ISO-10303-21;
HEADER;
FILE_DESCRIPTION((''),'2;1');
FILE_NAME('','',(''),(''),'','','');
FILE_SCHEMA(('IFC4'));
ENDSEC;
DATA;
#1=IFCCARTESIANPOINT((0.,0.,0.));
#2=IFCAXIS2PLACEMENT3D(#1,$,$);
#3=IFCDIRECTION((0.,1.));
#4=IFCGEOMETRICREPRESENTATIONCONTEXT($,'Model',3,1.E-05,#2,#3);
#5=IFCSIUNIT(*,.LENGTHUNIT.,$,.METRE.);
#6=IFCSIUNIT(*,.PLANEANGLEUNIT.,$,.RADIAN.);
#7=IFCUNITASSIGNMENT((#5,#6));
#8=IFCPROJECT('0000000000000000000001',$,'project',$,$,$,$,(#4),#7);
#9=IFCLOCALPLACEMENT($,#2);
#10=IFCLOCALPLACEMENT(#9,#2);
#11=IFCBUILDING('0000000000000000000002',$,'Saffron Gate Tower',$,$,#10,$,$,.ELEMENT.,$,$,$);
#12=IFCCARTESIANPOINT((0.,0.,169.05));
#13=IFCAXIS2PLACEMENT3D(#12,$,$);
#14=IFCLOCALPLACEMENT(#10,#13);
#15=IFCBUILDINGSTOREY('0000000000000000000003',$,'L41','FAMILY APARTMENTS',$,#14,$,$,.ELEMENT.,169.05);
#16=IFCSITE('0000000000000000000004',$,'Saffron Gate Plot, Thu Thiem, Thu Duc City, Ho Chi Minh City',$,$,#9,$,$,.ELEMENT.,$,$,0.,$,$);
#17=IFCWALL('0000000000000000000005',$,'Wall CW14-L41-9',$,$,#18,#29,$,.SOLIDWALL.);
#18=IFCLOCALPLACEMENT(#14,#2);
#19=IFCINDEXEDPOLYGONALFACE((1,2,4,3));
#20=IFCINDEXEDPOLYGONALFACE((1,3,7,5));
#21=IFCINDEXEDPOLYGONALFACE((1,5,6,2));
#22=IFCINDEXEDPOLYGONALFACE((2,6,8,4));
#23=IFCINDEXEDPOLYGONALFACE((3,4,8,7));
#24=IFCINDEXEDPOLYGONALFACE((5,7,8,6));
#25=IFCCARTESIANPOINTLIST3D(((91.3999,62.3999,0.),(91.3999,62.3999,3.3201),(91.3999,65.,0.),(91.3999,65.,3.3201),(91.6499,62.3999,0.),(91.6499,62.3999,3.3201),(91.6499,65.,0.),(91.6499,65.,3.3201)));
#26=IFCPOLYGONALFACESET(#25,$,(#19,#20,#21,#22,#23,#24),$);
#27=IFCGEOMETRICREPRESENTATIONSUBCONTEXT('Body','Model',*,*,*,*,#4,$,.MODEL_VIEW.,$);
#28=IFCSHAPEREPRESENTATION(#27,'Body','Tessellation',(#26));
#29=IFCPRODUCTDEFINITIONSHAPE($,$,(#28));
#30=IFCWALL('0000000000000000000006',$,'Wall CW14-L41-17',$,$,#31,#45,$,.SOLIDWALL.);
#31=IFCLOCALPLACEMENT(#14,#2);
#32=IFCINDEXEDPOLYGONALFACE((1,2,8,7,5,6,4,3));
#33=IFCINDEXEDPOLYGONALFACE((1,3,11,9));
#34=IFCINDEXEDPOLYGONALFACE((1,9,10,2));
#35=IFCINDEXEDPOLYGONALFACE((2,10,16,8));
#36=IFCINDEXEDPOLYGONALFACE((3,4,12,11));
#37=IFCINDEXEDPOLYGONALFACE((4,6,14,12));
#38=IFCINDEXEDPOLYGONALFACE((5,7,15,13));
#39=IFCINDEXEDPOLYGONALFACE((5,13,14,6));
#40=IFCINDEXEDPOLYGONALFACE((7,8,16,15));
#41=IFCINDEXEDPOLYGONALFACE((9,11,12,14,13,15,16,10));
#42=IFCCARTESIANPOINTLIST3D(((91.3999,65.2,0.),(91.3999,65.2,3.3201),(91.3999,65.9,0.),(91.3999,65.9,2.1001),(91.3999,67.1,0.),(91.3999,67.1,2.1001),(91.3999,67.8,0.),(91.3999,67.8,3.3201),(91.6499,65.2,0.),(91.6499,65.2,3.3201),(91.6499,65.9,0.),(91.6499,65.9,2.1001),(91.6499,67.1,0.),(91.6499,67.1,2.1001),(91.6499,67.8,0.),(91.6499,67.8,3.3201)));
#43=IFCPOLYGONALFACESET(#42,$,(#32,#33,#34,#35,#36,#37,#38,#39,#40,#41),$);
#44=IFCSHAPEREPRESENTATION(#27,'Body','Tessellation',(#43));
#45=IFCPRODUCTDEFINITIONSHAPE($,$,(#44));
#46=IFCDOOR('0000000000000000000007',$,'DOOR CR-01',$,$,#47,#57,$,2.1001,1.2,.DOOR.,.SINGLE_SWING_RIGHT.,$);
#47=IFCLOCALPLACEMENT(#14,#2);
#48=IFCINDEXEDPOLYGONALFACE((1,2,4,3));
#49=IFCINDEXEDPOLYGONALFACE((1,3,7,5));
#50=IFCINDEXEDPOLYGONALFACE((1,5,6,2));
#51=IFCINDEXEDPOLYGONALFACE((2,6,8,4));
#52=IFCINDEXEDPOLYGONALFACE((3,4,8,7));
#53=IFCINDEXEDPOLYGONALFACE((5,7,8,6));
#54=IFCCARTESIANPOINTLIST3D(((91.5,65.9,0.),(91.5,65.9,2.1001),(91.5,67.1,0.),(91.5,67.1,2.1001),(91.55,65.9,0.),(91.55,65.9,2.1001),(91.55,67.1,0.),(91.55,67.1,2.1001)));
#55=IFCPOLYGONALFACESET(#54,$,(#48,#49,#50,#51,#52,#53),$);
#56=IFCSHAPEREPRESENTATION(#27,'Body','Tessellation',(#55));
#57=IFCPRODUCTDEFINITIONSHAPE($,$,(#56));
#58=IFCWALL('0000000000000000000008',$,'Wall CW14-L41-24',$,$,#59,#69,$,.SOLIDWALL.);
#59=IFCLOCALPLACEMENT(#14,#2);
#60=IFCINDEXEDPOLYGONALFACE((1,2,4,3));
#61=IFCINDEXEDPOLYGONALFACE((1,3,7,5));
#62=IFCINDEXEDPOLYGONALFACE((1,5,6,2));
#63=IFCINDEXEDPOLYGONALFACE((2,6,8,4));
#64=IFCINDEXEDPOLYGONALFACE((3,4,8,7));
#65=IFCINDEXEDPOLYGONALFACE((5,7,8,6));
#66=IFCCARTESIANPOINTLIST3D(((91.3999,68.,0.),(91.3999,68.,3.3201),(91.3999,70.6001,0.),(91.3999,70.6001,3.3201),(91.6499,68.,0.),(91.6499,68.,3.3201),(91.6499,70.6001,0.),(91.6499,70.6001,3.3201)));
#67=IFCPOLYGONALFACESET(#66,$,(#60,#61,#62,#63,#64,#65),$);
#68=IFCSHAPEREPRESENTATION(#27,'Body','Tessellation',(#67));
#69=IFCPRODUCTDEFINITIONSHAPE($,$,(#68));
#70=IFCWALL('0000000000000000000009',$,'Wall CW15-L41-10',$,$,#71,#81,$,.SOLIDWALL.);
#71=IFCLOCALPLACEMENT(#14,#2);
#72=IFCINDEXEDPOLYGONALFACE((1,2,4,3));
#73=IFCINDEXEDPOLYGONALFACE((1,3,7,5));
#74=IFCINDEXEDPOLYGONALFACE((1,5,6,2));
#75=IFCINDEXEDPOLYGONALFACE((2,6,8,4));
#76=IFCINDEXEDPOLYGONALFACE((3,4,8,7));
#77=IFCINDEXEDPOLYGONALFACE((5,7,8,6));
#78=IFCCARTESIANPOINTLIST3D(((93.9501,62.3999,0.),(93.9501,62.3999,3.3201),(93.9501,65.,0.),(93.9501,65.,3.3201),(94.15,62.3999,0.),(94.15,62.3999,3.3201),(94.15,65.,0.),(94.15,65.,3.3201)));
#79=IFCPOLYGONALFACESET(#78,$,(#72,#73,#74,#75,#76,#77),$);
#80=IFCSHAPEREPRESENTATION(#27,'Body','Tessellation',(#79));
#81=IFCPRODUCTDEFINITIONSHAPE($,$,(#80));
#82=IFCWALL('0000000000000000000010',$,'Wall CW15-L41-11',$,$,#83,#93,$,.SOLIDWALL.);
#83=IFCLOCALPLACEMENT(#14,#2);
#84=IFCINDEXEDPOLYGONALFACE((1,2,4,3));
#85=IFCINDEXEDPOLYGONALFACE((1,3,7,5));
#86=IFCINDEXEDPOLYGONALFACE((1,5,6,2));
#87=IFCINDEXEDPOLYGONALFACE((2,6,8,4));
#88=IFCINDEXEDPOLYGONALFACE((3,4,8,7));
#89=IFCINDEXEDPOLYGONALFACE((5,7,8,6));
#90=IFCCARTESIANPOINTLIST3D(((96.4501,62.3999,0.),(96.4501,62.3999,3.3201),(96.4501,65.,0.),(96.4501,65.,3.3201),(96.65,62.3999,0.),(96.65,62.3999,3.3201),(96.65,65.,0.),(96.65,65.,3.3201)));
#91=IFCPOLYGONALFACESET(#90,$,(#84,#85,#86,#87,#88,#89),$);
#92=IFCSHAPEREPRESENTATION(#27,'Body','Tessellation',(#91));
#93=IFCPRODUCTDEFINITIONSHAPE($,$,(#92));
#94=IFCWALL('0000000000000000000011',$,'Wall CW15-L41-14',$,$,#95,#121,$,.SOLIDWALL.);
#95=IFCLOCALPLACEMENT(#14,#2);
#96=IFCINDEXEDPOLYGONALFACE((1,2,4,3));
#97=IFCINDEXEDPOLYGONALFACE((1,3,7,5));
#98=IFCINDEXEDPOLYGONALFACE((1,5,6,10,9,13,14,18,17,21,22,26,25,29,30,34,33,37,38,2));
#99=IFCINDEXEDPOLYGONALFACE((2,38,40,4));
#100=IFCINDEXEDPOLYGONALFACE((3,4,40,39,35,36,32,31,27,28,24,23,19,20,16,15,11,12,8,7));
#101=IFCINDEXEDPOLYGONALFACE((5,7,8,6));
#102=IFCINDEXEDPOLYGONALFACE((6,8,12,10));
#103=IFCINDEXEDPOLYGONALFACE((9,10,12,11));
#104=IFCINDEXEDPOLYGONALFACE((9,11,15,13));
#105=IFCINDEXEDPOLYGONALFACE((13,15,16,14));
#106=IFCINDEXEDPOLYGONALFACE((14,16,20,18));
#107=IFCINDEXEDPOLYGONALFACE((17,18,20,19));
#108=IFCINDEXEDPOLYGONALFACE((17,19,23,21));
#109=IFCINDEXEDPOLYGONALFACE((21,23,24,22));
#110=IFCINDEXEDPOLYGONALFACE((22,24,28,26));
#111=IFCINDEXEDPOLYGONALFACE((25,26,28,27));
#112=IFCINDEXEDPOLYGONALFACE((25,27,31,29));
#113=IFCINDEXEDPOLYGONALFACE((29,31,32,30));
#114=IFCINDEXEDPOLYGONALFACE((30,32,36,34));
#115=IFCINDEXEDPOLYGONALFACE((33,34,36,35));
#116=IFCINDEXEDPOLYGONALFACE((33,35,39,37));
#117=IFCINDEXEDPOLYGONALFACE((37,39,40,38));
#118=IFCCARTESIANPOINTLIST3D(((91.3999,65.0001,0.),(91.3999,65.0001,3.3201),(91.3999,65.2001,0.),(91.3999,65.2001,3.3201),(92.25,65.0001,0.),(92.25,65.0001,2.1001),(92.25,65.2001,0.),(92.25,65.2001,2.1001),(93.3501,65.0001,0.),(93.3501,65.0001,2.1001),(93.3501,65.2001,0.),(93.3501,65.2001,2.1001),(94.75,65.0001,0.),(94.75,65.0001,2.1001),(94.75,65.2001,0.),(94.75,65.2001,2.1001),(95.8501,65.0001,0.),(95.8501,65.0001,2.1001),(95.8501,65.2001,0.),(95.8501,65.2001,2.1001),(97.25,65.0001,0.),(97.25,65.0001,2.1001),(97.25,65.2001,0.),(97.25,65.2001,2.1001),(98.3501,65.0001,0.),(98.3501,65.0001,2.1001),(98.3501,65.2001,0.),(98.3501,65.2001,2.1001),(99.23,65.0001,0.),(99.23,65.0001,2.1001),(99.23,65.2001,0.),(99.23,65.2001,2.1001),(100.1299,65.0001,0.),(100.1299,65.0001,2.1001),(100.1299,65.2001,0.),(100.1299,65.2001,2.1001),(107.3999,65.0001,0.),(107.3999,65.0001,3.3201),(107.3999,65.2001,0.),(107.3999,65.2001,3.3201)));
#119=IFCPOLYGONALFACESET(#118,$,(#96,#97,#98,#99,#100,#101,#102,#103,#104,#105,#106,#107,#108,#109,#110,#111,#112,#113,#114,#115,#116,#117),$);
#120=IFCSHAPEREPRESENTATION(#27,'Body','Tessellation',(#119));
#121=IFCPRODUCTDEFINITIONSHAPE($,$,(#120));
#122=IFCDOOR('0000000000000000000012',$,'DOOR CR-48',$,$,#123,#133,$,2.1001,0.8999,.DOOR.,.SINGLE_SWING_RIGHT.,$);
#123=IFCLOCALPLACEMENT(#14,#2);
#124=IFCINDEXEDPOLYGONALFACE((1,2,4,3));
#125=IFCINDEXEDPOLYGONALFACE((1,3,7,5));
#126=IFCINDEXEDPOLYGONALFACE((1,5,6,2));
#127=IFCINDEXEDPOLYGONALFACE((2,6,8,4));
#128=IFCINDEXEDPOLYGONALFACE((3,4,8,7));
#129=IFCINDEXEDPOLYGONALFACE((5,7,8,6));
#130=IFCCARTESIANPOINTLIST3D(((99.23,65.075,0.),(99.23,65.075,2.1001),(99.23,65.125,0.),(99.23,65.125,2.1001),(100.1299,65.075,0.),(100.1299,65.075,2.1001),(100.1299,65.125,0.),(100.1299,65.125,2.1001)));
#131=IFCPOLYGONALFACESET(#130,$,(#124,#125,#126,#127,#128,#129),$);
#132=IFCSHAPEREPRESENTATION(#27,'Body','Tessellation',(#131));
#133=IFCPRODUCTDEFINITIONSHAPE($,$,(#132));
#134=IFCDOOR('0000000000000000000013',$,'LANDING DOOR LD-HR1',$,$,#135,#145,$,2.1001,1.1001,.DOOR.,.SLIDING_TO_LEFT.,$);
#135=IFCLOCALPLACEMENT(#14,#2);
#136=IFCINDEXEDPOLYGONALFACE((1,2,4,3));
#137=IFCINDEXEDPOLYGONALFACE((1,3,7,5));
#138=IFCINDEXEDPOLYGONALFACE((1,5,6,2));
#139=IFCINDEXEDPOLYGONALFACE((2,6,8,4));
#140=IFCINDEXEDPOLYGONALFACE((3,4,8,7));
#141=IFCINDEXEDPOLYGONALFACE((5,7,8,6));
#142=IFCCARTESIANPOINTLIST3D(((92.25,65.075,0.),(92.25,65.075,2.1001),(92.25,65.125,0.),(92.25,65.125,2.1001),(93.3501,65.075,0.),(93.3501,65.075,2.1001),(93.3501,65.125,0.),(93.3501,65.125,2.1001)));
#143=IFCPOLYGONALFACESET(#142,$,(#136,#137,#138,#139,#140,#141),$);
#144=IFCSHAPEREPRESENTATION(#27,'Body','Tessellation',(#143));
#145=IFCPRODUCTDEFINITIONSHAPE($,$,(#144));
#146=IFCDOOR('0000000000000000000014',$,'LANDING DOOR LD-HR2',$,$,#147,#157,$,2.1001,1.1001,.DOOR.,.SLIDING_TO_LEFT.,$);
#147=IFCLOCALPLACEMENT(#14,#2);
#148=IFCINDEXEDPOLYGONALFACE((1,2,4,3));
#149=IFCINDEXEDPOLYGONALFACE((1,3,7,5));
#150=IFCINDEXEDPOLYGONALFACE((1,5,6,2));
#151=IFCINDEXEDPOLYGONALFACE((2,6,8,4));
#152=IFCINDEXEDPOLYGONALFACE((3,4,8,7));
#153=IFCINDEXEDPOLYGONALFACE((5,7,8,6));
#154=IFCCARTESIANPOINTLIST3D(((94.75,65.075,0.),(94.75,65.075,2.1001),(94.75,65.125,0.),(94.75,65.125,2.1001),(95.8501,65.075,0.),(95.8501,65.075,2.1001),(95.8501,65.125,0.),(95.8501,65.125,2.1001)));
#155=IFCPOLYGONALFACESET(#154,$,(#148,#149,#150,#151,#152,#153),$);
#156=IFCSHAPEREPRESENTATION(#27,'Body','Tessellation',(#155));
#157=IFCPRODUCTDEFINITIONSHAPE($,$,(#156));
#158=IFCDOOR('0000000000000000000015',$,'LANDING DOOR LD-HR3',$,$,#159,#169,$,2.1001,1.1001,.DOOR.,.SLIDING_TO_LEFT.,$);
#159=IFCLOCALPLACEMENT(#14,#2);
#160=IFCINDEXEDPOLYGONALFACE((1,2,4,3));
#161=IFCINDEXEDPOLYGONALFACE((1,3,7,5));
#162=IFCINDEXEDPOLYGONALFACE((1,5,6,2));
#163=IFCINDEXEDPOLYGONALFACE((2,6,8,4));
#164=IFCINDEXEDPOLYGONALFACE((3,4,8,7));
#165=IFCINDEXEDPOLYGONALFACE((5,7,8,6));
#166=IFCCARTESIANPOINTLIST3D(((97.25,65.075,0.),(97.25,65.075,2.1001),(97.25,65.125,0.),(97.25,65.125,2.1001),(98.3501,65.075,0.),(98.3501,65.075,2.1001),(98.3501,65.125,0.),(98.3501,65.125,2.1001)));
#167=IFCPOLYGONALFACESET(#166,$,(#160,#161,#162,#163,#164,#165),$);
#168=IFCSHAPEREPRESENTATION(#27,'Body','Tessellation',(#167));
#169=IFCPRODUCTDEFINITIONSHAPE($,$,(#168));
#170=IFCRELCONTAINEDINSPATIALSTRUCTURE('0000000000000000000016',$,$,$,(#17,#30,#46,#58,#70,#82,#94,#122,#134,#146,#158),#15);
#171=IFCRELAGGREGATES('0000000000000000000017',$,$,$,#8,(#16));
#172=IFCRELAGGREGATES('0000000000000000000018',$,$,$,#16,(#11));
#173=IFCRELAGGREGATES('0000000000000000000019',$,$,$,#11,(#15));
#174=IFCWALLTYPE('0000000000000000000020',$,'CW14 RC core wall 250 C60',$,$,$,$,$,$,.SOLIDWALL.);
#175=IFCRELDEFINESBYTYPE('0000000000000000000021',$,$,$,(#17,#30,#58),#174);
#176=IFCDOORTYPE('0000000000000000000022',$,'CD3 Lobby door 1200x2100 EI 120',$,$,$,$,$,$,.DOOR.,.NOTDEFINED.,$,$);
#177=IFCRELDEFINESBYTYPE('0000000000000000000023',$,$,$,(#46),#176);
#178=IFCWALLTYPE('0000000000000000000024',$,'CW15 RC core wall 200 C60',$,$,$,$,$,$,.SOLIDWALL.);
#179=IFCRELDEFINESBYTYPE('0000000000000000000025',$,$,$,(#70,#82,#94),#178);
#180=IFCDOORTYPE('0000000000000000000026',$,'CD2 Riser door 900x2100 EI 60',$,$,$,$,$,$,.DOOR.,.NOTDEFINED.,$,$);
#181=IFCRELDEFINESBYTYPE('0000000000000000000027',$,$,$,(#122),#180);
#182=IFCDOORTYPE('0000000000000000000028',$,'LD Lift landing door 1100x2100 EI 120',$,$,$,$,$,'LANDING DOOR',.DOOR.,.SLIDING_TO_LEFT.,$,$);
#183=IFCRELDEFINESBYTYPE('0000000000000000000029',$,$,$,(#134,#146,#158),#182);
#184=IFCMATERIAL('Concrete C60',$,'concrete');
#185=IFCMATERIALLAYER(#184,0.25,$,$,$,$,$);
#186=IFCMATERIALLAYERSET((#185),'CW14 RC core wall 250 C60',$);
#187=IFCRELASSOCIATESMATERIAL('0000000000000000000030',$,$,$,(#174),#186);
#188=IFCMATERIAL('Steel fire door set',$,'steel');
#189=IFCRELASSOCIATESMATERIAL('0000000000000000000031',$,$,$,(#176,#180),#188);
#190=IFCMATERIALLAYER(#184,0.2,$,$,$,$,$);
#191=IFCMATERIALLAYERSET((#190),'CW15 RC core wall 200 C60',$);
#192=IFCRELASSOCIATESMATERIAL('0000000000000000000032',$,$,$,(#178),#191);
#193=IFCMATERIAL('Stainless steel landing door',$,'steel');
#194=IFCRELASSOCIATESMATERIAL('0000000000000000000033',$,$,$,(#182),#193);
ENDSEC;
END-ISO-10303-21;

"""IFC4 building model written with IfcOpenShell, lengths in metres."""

from ifc_helpers import new_model, si_unit, direction, frame, frame_2d, origin, place, context, subcontext, project, spatial, rectangle, extrude, material, layer, layer_set, type_object, element, fill, save


model = new_model("IFC4")

# Units and contexts
model_context = context("Model", 3, precision=1e-05, world=origin(), true_north=direction((0.0, 1.0)))
body_context = subcontext(model_context, "Body", "Model", "MODEL_VIEW")
ifc_project = project(units=[si_unit("LENGTHUNIT", "METRE"), si_unit("PLANEANGLEUNIT", "RADIAN")], contexts=[model_context])

# Site, building, storey
site_placement = place(None, origin())
site = spatial("IfcSite", under=ifc_project, at=site_placement, Name="Saffron Gate Plot, Thu Thiem, Thu Duc City, Ho Chi Minh City", CompositionType="ELEMENT", RefElevation=0.0)
building_placement = place(site_placement, origin())
building = spatial("IfcBuilding", under=site, at=building_placement, Name="Saffron Gate Tower", CompositionType="ELEMENT")
storey_placement = place(building_placement, frame((0.0, 0.0, 169.05)))
storey = spatial("IfcBuildingStorey", under=building, at=storey_placement, Name="L41", Description="FAMILY APARTMENTS", CompositionType="ELEMENT", Elevation=169.05)

# Wall
ifc_material_1 = material(Name="Concrete C60", Category="concrete")
ifc_layer_1 = layer(ifc_material_1, 0.25)
ifc_layer_set_1 = layer_set([ifc_layer_1], Name="CW14 RC core wall 250 C60")
wall_type_1 = type_object("IfcWallType", Name="CW14 RC core wall 250 C60", PredefinedType="SOLIDWALL", material=ifc_layer_set_1)
wall_1_placement = place(storey_placement, frame((91.5249, 62.3999, 0.0), z_axis=(0.0, 0.0, 1.0), x_axis=(0.0, 1.0, 0.0)))
element("IfcWall", 1, at=wall_1_placement, inside=storey, type_object=wall_type_1, Name="Wall CW14-L41-9", PredefinedType="SOLIDWALL", context=body_context, shape_type="SweptSolid", body=[
    extrude(rectangle(XDim=2.6001, YDim=0.25, at=frame_2d((1.3, 0.0))), origin(), (0.0, 0.0, 1.0), 3.3201),
])

# Wall, opening, door
wall_2_placement = place(storey_placement, frame((91.5249, 65.2, 0.0), z_axis=(0.0, 0.0, 1.0), x_axis=(0.0, 1.0, 0.0)))
wall_2 = element("IfcWall", 2, at=wall_2_placement, inside=storey, type_object=wall_type_1, Name="Wall CW14-L41-17", PredefinedType="SOLIDWALL", context=body_context, shape_type="SweptSolid", body=[
    extrude(rectangle(XDim=2.6001, YDim=0.25, at=frame_2d((1.3, 0.0))), origin(), (0.0, 0.0, 1.0), 3.3201),
])
opening_1_placement = place(wall_2_placement, frame((0.7, 0.0, 0.0)))
opening_1 = element("IfcOpeningElement", 3, at=opening_1_placement, cuts=wall_2, PredefinedType="OPENING", context=body_context, shape_type="SweptSolid", body=[
    extrude(rectangle(XDim=1.2, YDim=2.1001, at=frame_2d((0.6001, 1.05))), frame((0.0, 0.135, 0.0), z_axis=(0.0, -1.0, 0.0), x_axis=(1.0, 0.0, 0.0)), (0.0, 0.0, 1.0), 0.27),
])
ifc_material_2 = material(Name="Steel fire door set", Category="steel")
door_type_1 = type_object("IfcDoorType", Name="CD3 Lobby door 1200x2100 EI 120", OperationType="NOTDEFINED", PredefinedType="DOOR", material=ifc_material_2)
door_1_placement = place(opening_1_placement, origin())
door_1 = element("IfcDoor", 4, at=door_1_placement, inside=storey, type_object=door_type_1, Name="DOOR CR-01", OperationType="SINGLE_SWING_RIGHT", OverallHeight=2.1001, OverallWidth=1.2, PredefinedType="DOOR", context=body_context, shape_type="SweptSolid", body=[
    extrude(rectangle(XDim=1.2, YDim=2.1001, at=frame_2d((0.6001, 1.05))), frame((0.0, 0.0249, 0.0), z_axis=(0.0, -1.0, 0.0), x_axis=(1.0, 0.0, 0.0)), (0.0, 0.0, 1.0), 0.05),
])
fill(opening_1, door_1)

# Walls
wall_3_placement = place(storey_placement, frame((91.5249, 68.0, 0.0), z_axis=(0.0, 0.0, 1.0), x_axis=(0.0, 1.0, 0.0)))
element("IfcWall", 5, at=wall_3_placement, inside=storey, type_object=wall_type_1, Name="Wall CW14-L41-24", PredefinedType="SOLIDWALL", context=body_context, shape_type="SweptSolid", body=[
    extrude(rectangle(XDim=2.6001, YDim=0.25, at=frame_2d((1.3, 0.0))), origin(), (0.0, 0.0, 1.0), 3.3201),
])
ifc_layer_2 = layer(ifc_material_1, 0.2)
ifc_layer_set_2 = layer_set([ifc_layer_2], Name="CW15 RC core wall 200 C60")
wall_type_2 = type_object("IfcWallType", Name="CW15 RC core wall 200 C60", PredefinedType="SOLIDWALL", material=ifc_layer_set_2)
for number, where, z_axis, x_axis, name in (
    (6, (94.05, 62.3999, 0.0), (0.0, 0.0, 1.0), (0.0, 1.0, 0.0), "Wall CW15-L41-10"),
    (7, (96.55, 62.3999, 0.0), (0.0, 0.0, 1.0), (0.0, 1.0, 0.0), "Wall CW15-L41-11"),
):
    element("IfcWall", number, at=place(storey_placement, frame(where, z_axis=z_axis, x_axis=x_axis)), inside=storey, type_object=wall_type_2, Name=name, PredefinedType="SOLIDWALL", context=body_context, shape_type="SweptSolid", body=[
        extrude(rectangle(XDim=2.6001, YDim=0.2, at=frame_2d((1.3, 0.0))), origin(), (0.0, 0.0, 1.0), 3.3201),
    ])

# Wall, openings, doors
wall_4_placement = place(storey_placement, frame((91.3999, 65.1001, 0.0), z_axis=(0.0, 0.0, 1.0), x_axis=(1.0, 0.0, 0.0)))
wall_4 = element("IfcWall", 8, at=wall_4_placement, inside=storey, type_object=wall_type_2, Name="Wall CW15-L41-14", PredefinedType="SOLIDWALL", context=body_context, shape_type="SweptSolid", body=[
    extrude(rectangle(XDim=16.0, YDim=0.2, at=frame_2d((8.0, 0.0))), origin(), (0.0, 0.0, 1.0), 3.3201),
])
opening_2_placement = place(wall_4_placement, frame((0.8501, 0.0, 0.0)))
opening_2 = element("IfcOpeningElement", 9, at=opening_2_placement, cuts=wall_4, PredefinedType="OPENING", context=body_context, shape_type="SweptSolid", body=[
    extrude(rectangle(XDim=1.1001, YDim=2.1001, at=frame_2d((0.55, 1.05))), frame((0.0, 0.1099, 0.0), z_axis=(0.0, -1.0, 0.0), x_axis=(1.0, 0.0, 0.0)), (0.0, 0.0, 1.0), 0.22),
])
opening_3_placement = place(wall_4_placement, frame((3.3501, 0.0, 0.0)))
opening_3 = element("IfcOpeningElement", 10, at=opening_3_placement, cuts=wall_4, PredefinedType="OPENING", context=body_context, shape_type="SweptSolid", body=[
    extrude(rectangle(XDim=1.1001, YDim=2.1001, at=frame_2d((0.55, 1.05))), frame((0.0, 0.1099, 0.0), z_axis=(0.0, -1.0, 0.0), x_axis=(1.0, 0.0, 0.0)), (0.0, 0.0, 1.0), 0.22),
])
opening_4_placement = place(wall_4_placement, frame((5.8501, 0.0, 0.0)))
opening_4 = element("IfcOpeningElement", 11, at=opening_4_placement, cuts=wall_4, PredefinedType="OPENING", context=body_context, shape_type="SweptSolid", body=[
    extrude(rectangle(XDim=1.1001, YDim=2.1001, at=frame_2d((0.55, 1.05))), frame((0.0, 0.1099, 0.0), z_axis=(0.0, -1.0, 0.0), x_axis=(1.0, 0.0, 0.0)), (0.0, 0.0, 1.0), 0.22),
])
opening_5_placement = place(wall_4_placement, frame((7.8301, 0.0, 0.0)))
opening_5 = element("IfcOpeningElement", 12, at=opening_5_placement, cuts=wall_4, PredefinedType="OPENING", context=body_context, shape_type="SweptSolid", body=[
    extrude(rectangle(XDim=0.8999, YDim=2.1001, at=frame_2d((0.45, 1.05))), frame((0.0, 0.1099, 0.0), z_axis=(0.0, -1.0, 0.0), x_axis=(1.0, 0.0, 0.0)), (0.0, 0.0, 1.0), 0.22),
])
door_type_2 = type_object("IfcDoorType", Name="CD2 Riser door 900x2100 EI 60", OperationType="NOTDEFINED", PredefinedType="DOOR", material=ifc_material_2)
door_2_placement = place(opening_5_placement, origin())
door_2 = element("IfcDoor", 13, at=door_2_placement, inside=storey, type_object=door_type_2, Name="DOOR CR-48", OperationType="SINGLE_SWING_RIGHT", OverallHeight=2.1001, OverallWidth=0.8999, PredefinedType="DOOR", context=body_context, shape_type="SweptSolid", body=[
    extrude(rectangle(XDim=0.8999, YDim=2.1001, at=frame_2d((0.45, 1.05))), frame((0.0, 0.0249, 0.0), z_axis=(0.0, -1.0, 0.0), x_axis=(1.0, 0.0, 0.0)), (0.0, 0.0, 1.0), 0.05),
])
fill(opening_5, door_2)
ifc_material_3 = material(Name="Stainless steel landing door", Category="steel")
door_type_3 = type_object("IfcDoorType", Name="LD Lift landing door 1100x2100 EI 120", ElementType="LANDING DOOR", OperationType="SLIDING_TO_LEFT", PredefinedType="DOOR", material=ifc_material_3)
door_3_placement = place(opening_2_placement, origin())
door_3 = element("IfcDoor", 14, at=door_3_placement, inside=storey, type_object=door_type_3, Name="LANDING DOOR LD-HR1", OperationType="SLIDING_TO_LEFT", OverallHeight=2.1001, OverallWidth=1.1001, PredefinedType="DOOR", context=body_context, shape_type="SweptSolid", body=[
    extrude(rectangle(XDim=1.1001, YDim=2.1001, at=frame_2d((0.55, 1.05))), frame((0.0, 0.0249, 0.0), z_axis=(0.0, -1.0, 0.0), x_axis=(1.0, 0.0, 0.0)), (0.0, 0.0, 1.0), 0.05),
])
fill(opening_2, door_3)
door_4_placement = place(opening_3_placement, origin())
door_4 = element("IfcDoor", 15, at=door_4_placement, inside=storey, type_object=door_type_3, Name="LANDING DOOR LD-HR2", OperationType="SLIDING_TO_LEFT", OverallHeight=2.1001, OverallWidth=1.1001, PredefinedType="DOOR", context=body_context, shape_type="SweptSolid", body=[
    extrude(rectangle(XDim=1.1001, YDim=2.1001, at=frame_2d((0.55, 1.05))), frame((0.0, 0.0249, 0.0), z_axis=(0.0, -1.0, 0.0), x_axis=(1.0, 0.0, 0.0)), (0.0, 0.0, 1.0), 0.05),
])
fill(opening_3, door_4)
door_5_placement = place(opening_4_placement, origin())
door_5 = element("IfcDoor", 16, at=door_5_placement, inside=storey, type_object=door_type_3, Name="LANDING DOOR LD-HR3", OperationType="SLIDING_TO_LEFT", OverallHeight=2.1001, OverallWidth=1.1001, PredefinedType="DOOR", context=body_context, shape_type="SweptSolid", body=[
    extrude(rectangle(XDim=1.1001, YDim=2.1001, at=frame_2d((0.55, 1.05))), frame((0.0, 0.0249, 0.0), z_axis=(0.0, -1.0, 0.0), x_axis=(1.0, 0.0, 0.0)), (0.0, 0.0, 1.0), 0.05),
])
fill(opening_4, door_5)

save(model, "model.ifc")
